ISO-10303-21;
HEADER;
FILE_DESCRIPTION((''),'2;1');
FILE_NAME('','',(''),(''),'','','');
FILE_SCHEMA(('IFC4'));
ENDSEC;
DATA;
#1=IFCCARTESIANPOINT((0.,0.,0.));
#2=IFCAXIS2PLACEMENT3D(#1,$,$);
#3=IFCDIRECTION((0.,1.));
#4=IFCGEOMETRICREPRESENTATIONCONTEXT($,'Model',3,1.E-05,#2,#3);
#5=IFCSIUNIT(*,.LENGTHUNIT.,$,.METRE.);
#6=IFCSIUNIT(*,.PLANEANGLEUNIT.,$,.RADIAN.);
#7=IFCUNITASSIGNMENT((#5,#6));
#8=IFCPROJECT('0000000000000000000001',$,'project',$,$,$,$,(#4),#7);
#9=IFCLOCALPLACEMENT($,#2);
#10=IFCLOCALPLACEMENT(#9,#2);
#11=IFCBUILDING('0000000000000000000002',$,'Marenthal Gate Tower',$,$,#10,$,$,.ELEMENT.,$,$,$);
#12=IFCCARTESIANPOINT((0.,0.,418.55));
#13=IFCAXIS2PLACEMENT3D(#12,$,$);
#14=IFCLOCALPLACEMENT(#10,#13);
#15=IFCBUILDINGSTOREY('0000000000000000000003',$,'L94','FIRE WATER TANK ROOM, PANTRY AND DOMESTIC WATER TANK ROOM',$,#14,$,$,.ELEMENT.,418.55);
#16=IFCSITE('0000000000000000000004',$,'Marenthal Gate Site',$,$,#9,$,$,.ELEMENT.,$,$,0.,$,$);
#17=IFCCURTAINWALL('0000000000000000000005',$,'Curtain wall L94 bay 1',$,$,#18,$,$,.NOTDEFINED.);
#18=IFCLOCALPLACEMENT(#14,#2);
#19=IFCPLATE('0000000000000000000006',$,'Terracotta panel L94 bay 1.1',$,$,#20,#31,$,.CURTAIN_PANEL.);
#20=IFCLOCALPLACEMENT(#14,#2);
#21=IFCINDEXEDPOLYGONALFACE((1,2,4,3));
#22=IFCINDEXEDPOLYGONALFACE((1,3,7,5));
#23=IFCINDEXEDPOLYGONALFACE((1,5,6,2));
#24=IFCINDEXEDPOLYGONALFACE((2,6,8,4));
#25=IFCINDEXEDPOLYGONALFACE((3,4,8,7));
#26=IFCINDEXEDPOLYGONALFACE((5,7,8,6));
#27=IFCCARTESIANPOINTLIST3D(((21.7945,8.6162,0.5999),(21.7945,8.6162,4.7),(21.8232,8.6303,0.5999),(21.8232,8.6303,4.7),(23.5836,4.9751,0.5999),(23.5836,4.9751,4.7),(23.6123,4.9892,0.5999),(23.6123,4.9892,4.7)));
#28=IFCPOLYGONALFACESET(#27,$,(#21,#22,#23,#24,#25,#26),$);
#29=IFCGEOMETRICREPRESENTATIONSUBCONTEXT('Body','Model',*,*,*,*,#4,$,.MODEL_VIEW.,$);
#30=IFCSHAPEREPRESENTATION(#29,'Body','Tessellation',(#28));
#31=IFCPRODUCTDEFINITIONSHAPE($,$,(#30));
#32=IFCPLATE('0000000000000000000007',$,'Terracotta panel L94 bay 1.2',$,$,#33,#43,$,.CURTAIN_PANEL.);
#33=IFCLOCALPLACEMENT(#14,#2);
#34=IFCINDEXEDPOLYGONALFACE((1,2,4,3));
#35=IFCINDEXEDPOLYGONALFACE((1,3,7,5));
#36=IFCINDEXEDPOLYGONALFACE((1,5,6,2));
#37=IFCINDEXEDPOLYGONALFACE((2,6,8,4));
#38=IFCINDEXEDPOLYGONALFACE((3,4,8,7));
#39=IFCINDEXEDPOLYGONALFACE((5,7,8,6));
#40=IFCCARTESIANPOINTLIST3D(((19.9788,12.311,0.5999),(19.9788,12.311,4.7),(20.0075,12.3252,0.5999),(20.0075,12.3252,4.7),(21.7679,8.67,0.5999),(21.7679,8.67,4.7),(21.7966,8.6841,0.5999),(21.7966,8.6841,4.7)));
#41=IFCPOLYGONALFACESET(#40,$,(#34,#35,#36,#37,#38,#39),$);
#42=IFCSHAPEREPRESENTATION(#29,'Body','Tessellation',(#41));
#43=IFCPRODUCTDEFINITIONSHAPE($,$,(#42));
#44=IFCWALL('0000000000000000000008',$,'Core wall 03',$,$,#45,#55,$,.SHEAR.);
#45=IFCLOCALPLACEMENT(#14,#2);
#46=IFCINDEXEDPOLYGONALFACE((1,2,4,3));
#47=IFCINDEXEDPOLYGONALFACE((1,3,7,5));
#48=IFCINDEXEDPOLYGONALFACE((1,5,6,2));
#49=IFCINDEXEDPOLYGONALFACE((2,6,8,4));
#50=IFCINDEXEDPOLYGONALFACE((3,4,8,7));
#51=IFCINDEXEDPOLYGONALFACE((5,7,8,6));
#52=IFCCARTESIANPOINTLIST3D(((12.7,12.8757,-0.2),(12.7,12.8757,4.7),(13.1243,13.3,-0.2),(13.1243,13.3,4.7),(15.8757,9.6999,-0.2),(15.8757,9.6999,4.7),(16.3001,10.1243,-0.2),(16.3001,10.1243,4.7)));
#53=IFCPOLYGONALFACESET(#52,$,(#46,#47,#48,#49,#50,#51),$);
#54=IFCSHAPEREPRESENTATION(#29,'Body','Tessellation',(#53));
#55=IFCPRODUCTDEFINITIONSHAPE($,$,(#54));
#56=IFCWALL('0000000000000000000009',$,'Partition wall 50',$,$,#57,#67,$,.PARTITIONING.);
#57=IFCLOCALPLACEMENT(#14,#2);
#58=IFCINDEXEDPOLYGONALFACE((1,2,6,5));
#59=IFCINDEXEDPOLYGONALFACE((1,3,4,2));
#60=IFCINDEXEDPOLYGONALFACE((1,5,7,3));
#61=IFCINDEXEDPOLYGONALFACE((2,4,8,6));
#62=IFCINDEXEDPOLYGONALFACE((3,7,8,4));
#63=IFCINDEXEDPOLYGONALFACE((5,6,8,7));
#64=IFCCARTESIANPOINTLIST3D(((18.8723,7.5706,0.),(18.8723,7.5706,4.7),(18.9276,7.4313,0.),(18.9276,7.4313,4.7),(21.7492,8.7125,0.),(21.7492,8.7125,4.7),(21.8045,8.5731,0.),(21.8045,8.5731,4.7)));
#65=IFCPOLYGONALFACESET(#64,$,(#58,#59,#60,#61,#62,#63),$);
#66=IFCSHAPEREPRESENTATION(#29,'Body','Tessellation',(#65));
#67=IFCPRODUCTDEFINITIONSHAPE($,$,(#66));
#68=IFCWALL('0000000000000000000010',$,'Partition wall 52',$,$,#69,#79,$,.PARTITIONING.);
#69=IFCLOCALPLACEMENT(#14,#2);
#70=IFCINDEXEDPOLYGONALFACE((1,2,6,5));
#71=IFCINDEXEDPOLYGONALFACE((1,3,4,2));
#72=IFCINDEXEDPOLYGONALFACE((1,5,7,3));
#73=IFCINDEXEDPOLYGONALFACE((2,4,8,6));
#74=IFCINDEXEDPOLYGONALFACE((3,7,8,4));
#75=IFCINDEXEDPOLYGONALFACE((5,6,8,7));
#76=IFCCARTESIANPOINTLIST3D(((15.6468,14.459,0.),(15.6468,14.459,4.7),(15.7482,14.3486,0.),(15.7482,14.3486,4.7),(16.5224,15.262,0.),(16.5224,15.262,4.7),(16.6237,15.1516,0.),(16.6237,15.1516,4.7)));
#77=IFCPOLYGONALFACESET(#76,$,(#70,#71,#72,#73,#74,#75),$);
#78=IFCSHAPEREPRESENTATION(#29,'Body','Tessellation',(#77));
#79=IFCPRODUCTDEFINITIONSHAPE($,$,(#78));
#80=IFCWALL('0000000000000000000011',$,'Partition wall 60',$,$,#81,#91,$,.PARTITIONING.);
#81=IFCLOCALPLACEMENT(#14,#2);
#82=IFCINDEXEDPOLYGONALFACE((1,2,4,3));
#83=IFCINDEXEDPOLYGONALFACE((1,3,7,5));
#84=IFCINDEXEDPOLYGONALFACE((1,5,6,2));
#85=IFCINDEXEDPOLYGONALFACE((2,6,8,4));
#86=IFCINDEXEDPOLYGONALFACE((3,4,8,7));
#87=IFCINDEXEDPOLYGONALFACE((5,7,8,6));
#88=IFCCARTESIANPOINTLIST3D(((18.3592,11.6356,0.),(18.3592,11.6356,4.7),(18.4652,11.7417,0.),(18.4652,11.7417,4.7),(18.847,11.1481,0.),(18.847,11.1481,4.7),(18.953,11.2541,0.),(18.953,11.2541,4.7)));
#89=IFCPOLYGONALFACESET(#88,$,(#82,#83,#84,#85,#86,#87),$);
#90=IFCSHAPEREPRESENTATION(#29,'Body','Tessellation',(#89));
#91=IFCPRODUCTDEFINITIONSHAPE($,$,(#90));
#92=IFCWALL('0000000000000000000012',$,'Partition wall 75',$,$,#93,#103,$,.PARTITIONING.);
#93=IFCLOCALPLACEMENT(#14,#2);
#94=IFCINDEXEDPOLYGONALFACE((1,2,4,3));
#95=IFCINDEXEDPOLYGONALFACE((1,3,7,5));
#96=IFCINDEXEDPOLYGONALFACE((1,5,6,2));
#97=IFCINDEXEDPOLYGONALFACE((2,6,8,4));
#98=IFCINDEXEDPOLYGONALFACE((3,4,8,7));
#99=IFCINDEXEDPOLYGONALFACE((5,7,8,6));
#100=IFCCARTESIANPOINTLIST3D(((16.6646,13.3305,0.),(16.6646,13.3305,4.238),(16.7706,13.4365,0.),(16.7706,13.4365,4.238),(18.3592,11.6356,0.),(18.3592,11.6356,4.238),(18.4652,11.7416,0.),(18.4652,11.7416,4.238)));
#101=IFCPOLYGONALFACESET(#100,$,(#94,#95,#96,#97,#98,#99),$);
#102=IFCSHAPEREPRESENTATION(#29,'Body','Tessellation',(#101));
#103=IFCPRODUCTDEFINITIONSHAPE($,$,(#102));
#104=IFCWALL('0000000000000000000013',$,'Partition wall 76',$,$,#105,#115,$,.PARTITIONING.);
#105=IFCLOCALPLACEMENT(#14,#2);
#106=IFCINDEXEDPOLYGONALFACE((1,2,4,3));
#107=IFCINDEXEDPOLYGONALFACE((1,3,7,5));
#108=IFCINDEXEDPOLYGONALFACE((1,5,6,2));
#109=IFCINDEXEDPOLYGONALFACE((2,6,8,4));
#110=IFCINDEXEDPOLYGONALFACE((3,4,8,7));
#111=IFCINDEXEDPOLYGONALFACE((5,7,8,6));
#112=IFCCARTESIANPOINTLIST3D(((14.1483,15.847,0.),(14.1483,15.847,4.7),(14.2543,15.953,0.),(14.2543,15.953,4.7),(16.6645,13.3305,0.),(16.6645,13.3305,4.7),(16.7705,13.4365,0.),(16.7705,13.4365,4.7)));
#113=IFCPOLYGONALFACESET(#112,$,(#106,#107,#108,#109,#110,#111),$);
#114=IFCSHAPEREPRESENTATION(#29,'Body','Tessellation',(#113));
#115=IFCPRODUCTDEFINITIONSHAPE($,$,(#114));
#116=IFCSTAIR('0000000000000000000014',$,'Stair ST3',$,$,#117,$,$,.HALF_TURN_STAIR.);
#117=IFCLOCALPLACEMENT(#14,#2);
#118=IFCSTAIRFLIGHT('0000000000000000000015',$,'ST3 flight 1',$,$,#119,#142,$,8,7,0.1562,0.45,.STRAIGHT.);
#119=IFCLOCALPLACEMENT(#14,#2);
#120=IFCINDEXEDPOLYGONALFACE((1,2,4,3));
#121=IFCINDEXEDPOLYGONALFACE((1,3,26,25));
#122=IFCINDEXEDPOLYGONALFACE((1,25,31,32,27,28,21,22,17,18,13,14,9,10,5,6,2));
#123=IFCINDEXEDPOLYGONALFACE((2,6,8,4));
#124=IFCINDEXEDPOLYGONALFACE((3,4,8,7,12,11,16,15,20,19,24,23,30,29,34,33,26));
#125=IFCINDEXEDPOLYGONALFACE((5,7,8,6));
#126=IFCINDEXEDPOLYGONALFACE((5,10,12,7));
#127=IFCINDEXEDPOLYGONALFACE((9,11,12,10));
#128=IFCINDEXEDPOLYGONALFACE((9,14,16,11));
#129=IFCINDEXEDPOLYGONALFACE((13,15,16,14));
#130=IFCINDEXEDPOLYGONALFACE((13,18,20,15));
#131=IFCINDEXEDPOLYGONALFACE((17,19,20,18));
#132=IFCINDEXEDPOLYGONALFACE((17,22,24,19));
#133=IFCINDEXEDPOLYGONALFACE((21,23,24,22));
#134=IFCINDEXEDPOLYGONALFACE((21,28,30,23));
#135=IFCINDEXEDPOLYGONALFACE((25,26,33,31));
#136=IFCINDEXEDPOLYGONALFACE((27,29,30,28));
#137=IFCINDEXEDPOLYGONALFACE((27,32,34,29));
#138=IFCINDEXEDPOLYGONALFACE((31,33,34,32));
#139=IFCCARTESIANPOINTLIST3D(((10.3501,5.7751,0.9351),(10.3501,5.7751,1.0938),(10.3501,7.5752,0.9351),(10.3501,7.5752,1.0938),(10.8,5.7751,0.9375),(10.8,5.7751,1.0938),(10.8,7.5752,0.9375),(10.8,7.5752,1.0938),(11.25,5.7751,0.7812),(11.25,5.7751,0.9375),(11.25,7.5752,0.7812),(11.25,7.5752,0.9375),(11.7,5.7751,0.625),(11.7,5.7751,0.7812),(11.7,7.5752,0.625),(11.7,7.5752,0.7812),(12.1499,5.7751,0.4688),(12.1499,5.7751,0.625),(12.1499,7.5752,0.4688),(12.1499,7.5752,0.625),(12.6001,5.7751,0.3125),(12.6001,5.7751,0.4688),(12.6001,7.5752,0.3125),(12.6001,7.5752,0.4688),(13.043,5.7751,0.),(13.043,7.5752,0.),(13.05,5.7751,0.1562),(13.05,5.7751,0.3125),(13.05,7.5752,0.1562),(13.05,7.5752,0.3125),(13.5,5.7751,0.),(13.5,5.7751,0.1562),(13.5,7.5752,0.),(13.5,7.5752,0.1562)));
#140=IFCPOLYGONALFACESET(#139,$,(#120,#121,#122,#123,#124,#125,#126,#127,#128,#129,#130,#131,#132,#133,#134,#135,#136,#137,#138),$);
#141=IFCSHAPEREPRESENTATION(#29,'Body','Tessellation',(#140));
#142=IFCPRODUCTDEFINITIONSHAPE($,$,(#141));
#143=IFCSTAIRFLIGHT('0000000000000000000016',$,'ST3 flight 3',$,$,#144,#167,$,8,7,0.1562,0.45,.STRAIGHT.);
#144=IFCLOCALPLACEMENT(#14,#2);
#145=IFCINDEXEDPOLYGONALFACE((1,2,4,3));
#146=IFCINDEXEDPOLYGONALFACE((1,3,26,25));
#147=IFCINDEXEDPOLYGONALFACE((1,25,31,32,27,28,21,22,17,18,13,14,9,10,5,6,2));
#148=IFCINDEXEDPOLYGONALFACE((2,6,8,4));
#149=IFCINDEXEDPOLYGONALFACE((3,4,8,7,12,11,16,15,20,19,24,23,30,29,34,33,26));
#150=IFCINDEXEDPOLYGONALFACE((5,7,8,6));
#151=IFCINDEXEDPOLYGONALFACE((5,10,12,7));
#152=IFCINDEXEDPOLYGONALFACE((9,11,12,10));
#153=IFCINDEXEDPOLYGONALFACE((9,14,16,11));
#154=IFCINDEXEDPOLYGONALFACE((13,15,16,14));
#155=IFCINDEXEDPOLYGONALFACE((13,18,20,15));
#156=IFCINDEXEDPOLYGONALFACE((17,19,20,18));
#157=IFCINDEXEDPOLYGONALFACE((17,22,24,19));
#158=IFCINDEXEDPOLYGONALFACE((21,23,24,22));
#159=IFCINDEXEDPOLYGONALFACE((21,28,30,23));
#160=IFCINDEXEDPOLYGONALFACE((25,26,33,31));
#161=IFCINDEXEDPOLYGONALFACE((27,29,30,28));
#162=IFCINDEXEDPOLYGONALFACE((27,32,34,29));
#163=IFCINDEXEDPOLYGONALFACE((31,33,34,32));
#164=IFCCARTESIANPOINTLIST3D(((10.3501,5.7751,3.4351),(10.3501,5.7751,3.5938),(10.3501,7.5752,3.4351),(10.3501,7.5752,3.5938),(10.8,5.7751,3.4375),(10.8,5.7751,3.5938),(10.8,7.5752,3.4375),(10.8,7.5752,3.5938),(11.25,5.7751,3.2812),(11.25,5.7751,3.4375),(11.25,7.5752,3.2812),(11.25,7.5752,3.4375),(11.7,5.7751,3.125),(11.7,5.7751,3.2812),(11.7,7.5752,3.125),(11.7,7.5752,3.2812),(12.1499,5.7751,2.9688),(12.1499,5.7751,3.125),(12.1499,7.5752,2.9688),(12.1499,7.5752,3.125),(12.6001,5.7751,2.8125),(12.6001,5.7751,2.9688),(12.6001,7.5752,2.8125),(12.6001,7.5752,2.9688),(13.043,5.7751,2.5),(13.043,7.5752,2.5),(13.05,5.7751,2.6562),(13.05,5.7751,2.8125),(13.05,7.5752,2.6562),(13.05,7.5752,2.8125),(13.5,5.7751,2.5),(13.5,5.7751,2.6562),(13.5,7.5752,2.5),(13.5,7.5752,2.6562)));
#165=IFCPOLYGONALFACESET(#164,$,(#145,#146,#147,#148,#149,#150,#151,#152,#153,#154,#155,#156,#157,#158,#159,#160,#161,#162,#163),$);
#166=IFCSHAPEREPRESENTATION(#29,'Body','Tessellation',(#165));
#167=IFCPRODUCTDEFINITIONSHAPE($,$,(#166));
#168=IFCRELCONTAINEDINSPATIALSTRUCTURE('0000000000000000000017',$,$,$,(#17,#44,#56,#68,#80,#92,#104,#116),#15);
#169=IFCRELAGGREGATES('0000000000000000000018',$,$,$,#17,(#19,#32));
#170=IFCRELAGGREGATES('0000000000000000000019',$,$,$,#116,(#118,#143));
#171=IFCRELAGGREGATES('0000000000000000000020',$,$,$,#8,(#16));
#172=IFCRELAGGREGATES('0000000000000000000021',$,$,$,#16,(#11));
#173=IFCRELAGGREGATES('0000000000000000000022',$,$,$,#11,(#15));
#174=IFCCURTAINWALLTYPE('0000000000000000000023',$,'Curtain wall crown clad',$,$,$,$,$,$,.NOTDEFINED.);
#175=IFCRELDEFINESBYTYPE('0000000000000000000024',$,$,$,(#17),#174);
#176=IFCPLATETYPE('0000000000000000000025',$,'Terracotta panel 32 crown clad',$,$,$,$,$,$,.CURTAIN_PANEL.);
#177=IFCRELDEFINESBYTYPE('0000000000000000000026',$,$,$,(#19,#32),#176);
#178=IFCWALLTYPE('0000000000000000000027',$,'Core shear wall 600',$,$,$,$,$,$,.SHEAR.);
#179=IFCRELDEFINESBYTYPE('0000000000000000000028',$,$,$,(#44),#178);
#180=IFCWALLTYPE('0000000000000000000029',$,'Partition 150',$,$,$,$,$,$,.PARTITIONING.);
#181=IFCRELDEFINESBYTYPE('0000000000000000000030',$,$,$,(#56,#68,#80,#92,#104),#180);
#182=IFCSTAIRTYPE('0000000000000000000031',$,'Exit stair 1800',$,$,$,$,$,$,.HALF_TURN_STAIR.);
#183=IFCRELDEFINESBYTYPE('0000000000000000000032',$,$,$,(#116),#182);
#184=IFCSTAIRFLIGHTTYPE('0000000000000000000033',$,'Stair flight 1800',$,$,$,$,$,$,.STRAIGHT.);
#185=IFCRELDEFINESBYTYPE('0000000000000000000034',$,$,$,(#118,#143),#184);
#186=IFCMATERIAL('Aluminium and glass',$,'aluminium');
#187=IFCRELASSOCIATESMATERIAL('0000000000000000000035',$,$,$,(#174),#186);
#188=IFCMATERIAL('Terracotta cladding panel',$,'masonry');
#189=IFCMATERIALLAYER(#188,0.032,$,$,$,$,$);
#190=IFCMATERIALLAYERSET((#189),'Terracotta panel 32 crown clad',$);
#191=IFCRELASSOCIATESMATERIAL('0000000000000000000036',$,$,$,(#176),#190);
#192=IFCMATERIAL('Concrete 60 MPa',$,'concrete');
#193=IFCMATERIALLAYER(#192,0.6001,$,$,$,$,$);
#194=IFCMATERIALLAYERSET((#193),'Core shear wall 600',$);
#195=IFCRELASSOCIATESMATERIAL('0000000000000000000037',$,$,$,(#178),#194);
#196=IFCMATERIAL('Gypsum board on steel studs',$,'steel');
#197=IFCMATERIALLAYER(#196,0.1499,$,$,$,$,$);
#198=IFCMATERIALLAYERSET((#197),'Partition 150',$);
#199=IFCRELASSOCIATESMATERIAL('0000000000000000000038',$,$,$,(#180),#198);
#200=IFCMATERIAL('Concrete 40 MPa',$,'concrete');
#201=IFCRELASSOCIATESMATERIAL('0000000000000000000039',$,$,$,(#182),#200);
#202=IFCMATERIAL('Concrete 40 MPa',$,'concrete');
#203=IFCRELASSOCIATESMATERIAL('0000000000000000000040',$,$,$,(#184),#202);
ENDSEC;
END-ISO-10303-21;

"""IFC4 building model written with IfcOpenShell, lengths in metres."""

from ifc_helpers import new_model, si_unit, direction, frame, frame_2d, origin, origin_2d, place, context, subcontext, project, spatial, polyline, rectangle, outline, extrude, material, layer, layer_set, type_object, element, aggregate, save


model = new_model("IFC4")

# Units and contexts
model_context = context("Model", 3, precision=1e-05, world=origin(), true_north=direction((0.0, 1.0)))
body_context = subcontext(model_context, "Body", "Model", "MODEL_VIEW")
ifc_project = project(units=[si_unit("LENGTHUNIT", "METRE"), si_unit("PLANEANGLEUNIT", "RADIAN")], contexts=[model_context])

# Site, building, storey
site_placement = place(None, origin())
site = spatial("IfcSite", under=ifc_project, at=site_placement, Name="Marenthal Gate Site", CompositionType="ELEMENT", RefElevation=0.0)
building_placement = place(site_placement, origin())
building = spatial("IfcBuilding", under=site, at=building_placement, Name="Marenthal Gate Tower", CompositionType="ELEMENT")
storey_placement = place(building_placement, frame((0.0, 0.0, 418.55)))
storey = spatial("IfcBuildingStorey", under=building, at=storey_placement, Name="L94", Description="FIRE WATER TANK ROOM, PANTRY AND DOMESTIC WATER TANK ROOM", CompositionType="ELEMENT", Elevation=418.55)

# Curtain wall
ifc_material_1 = material(Name="Aluminium and glass", Category="aluminium")
curtain_wall_type_1 = type_object("IfcCurtainWallType", Name="Curtain wall crown clad", PredefinedType="NOTDEFINED", material=ifc_material_1)
curtain_wall_1_placement = place(storey_placement, origin())
curtain_wall_1 = element("IfcCurtainWall", 1, at=curtain_wall_1_placement, inside=storey, type_object=curtain_wall_type_1, Name="Curtain wall L94 bay 1", PredefinedType="NOTDEFINED")

# Plates
ifc_material_2 = material(Name="Terracotta cladding panel", Category="masonry")
ifc_layer_1 = layer(ifc_material_2, 0.032)
ifc_layer_set_1 = layer_set([ifc_layer_1], Name="Terracotta panel 32 crown clad")
plate_type_1 = type_object("IfcPlateType", Name="Terracotta panel 32 crown clad", PredefinedType="CURTAIN_PANEL", material=ifc_layer_set_1)
plate_1_placement = place(storey_placement, frame((22.7034, 6.8027, 0.5999), z_axis=(0.0, 0.0, 1.0), x_axis=(-0.441001, 0.897507, 0.0)))
plate_1 = element("IfcPlate", 2, at=plate_1_placement, type_object=plate_type_1, Name="Terracotta panel L94 bay 1.1", PredefinedType="CURTAIN_PANEL", context=body_context, shape_type="SweptSolid", body=[
    extrude(rectangle(XDim=4.0569, YDim=0.032, at=origin_2d()), origin(), (0.0, 0.0, 1.0), 4.1001),
])
plate_2_placement = place(storey_placement, frame((20.8877, 10.4976, 0.5999), z_axis=(0.0, 0.0, 1.0), x_axis=(-0.441001, 0.897507, 0.0)))
plate_2 = element("IfcPlate", 3, at=plate_2_placement, type_object=plate_type_1, Name="Terracotta panel L94 bay 1.2", PredefinedType="CURTAIN_PANEL", context=body_context, shape_type="SweptSolid", body=[
    extrude(rectangle(XDim=4.0569, YDim=0.032, at=origin_2d()), origin(), (0.0, 0.0, 1.0), 4.1001),
])
aggregate(curtain_wall_1, [plate_1, plate_2])

# Walls
ifc_material_3 = material(Name="Concrete 60 MPa", Category="concrete")
ifc_layer_2 = layer(ifc_material_3, 0.6001)
ifc_layer_set_2 = layer_set([ifc_layer_2], Name="Core shear wall 600")
wall_type_1 = type_object("IfcWallType", Name="Core shear wall 600", PredefinedType="SHEAR", material=ifc_layer_set_2)
wall_1_placement = place(storey_placement, frame((16.0879, 9.9121, -0.2), z_axis=(0.0, 0.0, 1.0), x_axis=(-0.707107, 0.707107, 0.0)))
element("IfcWall", 4, at=wall_1_placement, inside=storey, type_object=wall_type_1, Name="Core wall 03", PredefinedType="SHEAR", context=body_context, shape_type="SweptSolid", body=[
    extrude(rectangle(XDim=4.4912, YDim=0.6001, at=frame_2d((2.2456, 0.0))), origin(), (0.0, 0.0, 1.0), 4.8999),
])
ifc_material_4 = material(Name="Gypsum board on steel studs", Category="steel")
ifc_layer_3 = layer(ifc_material_4, 0.1499)
ifc_layer_set_3 = layer_set([ifc_layer_3], Name="Partition 150")
wall_type_2 = type_object("IfcWallType", Name="Partition 150", PredefinedType="PARTITIONING", material=ifc_layer_set_3)
wall_2_placement = place(storey_placement, frame((18.8999, 7.501, 0.0), z_axis=(0.0, 0.0, 1.0), x_axis=(0.929469, 0.368901, 0.0)))
element("IfcWall", 5, at=wall_2_placement, inside=storey, type_object=wall_type_2, Name="Partition wall 50", PredefinedType="PARTITIONING", context=body_context, shape_type="SweptSolid", body=[
    extrude(rectangle(XDim=3.0952, YDim=0.1499, at=frame_2d((1.5476, 0.0))), origin(), (0.0, 0.0, 1.0), 4.7),
])
wall_3_placement = place(storey_placement, frame((15.6975, 14.4038, 0.0), z_axis=(0.0, 0.0, 1.0), x_axis=(0.736966, 0.675929, 0.0)))
element("IfcWall", 6, at=wall_3_placement, inside=storey, type_object=wall_type_2, Name="Partition wall 52", PredefinedType="PARTITIONING", context=body_context, shape_type="SweptSolid", body=[
    extrude(rectangle(XDim=1.188, YDim=0.1499, at=frame_2d((0.594, 0.0))), origin(), (0.0, 0.0, 1.0), 4.7),
])
wall_4_placement = place(storey_placement, frame((18.8999, 11.2012, 0.0), z_axis=(0.0, 0.0, 1.0), x_axis=(-0.707284, 0.70693, 0.0)))
element("IfcWall", 7, at=wall_4_placement, inside=storey, type_object=wall_type_2, Name="Partition wall 60", PredefinedType="PARTITIONING", context=body_context, shape_type="SweptSolid", body=[
    extrude(rectangle(XDim=0.6897, YDim=0.1499, at=frame_2d((0.3447, 0.0))), origin(), (0.0, 0.0, 1.0), 4.7),
])
wall_5_placement = place(storey_placement, frame((18.4121, 11.6887, 0.0), z_axis=(0.0, 0.0, 1.0), x_axis=(-0.707056, 0.707158, 0.0)))
element("IfcWall", 8, at=wall_5_placement, inside=storey, type_object=wall_type_2, Name="Partition wall 75", PredefinedType="PARTITIONING", context=body_context, shape_type="SweptSolid", body=[
    extrude(rectangle(XDim=2.3967, YDim=0.1499, at=frame_2d((1.1982, 0.0))), origin(), (0.0, 0.0, 1.0), 4.238),
])
wall_6_placement = place(storey_placement, frame((16.7175, 13.3835, 0.0), z_axis=(0.0, 0.0, 1.0), x_axis=(-0.707072, 0.707141, 0.0)))
element("IfcWall", 9, at=wall_6_placement, inside=storey, type_object=wall_type_2, Name="Partition wall 76", PredefinedType="PARTITIONING", context=body_context, shape_type="SweptSolid", body=[
    extrude(rectangle(XDim=3.5586, YDim=0.1499, at=frame_2d((1.7793, 0.0))), origin(), (0.0, 0.0, 1.0), 4.7),
])

# Stair, stair flights
ifc_material_5 = material(Name="Concrete 40 MPa", Category="concrete")
stair_type = type_object("IfcStairType", Name="Exit stair 1800", PredefinedType="HALF_TURN_STAIR", material=ifc_material_5)
stair_placement = place(storey_placement, origin())
stair = element("IfcStair", 10, at=stair_placement, inside=storey, type_object=stair_type, Name="Stair ST3", PredefinedType="HALF_TURN_STAIR")
ifc_material_6 = material(Name="Concrete 40 MPa", Category="concrete")
stair_flight_type = type_object("IfcStairFlightType", Name="Stair flight 1800", PredefinedType="STRAIGHT", material=ifc_material_6)
stair_flight_1_placement = place(storey_placement, frame((13.5, 6.675, 0.0), z_axis=(0.0, 0.0, 1.0), x_axis=(-1.0, 0.0, 0.0)))
stair_flight_1 = element("IfcStairFlight", 11, at=stair_flight_1_placement, type_object=stair_flight_type, Name="ST3 flight 1", NumberOfRisers=8, NumberOfTreads=7, PredefinedType="STRAIGHT", RiserHeight=0.1562, TreadLength=0.45, context=body_context, shape_type="SweptSolid", body=[
    extrude(outline(polyline([(0.0, 0.0), (0.0, 0.1562), (0.45, 0.1562), (0.45, 0.3125), (0.8999, 0.3125), (0.8999, 0.4688), (1.3501, 0.4688), (1.3501, 0.625), (1.8, 0.625), (1.8, 0.7812), (2.25, 0.7812), (2.25, 0.9375), (2.7, 0.9375), (2.7, 1.0938), (3.1499, 1.0938), (3.1499, 1.25), (3.1499, 0.9351), (0.457, 0.0), (0.0, 0.0)])), frame((0.0, 0.8999, 0.0), z_axis=(0.0, -1.0, 0.0), x_axis=(1.0, 0.0, 0.0)), (0.0, 0.0, 1.0), 1.8),
])
stair_flight_2_placement = place(storey_placement, frame((13.5, 6.675, 2.5), z_axis=(0.0, 0.0, 1.0), x_axis=(-1.0, 0.0, 0.0)))
stair_flight_2 = element("IfcStairFlight", 12, at=stair_flight_2_placement, type_object=stair_flight_type, Name="ST3 flight 3", NumberOfRisers=8, NumberOfTreads=7, PredefinedType="STRAIGHT", RiserHeight=0.1562, TreadLength=0.45, context=body_context, shape_type="SweptSolid", body=[
    extrude(outline(polyline([(0.0, 0.0), (0.0, 0.1562), (0.45, 0.1562), (0.45, 0.3125), (0.8999, 0.3125), (0.8999, 0.4688), (1.3501, 0.4688), (1.3501, 0.625), (1.8, 0.625), (1.8, 0.7812), (2.25, 0.7812), (2.25, 0.9375), (2.7, 0.9375), (2.7, 1.0938), (3.1499, 1.0938), (3.1499, 1.25), (3.1499, 0.9351), (0.457, 0.0), (0.0, 0.0)])), frame((0.0, 0.8999, 0.0), z_axis=(0.0, -1.0, 0.0), x_axis=(1.0, 0.0, 0.0)), (0.0, 0.0, 1.0), 1.8),
])
aggregate(stair, [stair_flight_1, stair_flight_2])

save(model, "model.ifc")
